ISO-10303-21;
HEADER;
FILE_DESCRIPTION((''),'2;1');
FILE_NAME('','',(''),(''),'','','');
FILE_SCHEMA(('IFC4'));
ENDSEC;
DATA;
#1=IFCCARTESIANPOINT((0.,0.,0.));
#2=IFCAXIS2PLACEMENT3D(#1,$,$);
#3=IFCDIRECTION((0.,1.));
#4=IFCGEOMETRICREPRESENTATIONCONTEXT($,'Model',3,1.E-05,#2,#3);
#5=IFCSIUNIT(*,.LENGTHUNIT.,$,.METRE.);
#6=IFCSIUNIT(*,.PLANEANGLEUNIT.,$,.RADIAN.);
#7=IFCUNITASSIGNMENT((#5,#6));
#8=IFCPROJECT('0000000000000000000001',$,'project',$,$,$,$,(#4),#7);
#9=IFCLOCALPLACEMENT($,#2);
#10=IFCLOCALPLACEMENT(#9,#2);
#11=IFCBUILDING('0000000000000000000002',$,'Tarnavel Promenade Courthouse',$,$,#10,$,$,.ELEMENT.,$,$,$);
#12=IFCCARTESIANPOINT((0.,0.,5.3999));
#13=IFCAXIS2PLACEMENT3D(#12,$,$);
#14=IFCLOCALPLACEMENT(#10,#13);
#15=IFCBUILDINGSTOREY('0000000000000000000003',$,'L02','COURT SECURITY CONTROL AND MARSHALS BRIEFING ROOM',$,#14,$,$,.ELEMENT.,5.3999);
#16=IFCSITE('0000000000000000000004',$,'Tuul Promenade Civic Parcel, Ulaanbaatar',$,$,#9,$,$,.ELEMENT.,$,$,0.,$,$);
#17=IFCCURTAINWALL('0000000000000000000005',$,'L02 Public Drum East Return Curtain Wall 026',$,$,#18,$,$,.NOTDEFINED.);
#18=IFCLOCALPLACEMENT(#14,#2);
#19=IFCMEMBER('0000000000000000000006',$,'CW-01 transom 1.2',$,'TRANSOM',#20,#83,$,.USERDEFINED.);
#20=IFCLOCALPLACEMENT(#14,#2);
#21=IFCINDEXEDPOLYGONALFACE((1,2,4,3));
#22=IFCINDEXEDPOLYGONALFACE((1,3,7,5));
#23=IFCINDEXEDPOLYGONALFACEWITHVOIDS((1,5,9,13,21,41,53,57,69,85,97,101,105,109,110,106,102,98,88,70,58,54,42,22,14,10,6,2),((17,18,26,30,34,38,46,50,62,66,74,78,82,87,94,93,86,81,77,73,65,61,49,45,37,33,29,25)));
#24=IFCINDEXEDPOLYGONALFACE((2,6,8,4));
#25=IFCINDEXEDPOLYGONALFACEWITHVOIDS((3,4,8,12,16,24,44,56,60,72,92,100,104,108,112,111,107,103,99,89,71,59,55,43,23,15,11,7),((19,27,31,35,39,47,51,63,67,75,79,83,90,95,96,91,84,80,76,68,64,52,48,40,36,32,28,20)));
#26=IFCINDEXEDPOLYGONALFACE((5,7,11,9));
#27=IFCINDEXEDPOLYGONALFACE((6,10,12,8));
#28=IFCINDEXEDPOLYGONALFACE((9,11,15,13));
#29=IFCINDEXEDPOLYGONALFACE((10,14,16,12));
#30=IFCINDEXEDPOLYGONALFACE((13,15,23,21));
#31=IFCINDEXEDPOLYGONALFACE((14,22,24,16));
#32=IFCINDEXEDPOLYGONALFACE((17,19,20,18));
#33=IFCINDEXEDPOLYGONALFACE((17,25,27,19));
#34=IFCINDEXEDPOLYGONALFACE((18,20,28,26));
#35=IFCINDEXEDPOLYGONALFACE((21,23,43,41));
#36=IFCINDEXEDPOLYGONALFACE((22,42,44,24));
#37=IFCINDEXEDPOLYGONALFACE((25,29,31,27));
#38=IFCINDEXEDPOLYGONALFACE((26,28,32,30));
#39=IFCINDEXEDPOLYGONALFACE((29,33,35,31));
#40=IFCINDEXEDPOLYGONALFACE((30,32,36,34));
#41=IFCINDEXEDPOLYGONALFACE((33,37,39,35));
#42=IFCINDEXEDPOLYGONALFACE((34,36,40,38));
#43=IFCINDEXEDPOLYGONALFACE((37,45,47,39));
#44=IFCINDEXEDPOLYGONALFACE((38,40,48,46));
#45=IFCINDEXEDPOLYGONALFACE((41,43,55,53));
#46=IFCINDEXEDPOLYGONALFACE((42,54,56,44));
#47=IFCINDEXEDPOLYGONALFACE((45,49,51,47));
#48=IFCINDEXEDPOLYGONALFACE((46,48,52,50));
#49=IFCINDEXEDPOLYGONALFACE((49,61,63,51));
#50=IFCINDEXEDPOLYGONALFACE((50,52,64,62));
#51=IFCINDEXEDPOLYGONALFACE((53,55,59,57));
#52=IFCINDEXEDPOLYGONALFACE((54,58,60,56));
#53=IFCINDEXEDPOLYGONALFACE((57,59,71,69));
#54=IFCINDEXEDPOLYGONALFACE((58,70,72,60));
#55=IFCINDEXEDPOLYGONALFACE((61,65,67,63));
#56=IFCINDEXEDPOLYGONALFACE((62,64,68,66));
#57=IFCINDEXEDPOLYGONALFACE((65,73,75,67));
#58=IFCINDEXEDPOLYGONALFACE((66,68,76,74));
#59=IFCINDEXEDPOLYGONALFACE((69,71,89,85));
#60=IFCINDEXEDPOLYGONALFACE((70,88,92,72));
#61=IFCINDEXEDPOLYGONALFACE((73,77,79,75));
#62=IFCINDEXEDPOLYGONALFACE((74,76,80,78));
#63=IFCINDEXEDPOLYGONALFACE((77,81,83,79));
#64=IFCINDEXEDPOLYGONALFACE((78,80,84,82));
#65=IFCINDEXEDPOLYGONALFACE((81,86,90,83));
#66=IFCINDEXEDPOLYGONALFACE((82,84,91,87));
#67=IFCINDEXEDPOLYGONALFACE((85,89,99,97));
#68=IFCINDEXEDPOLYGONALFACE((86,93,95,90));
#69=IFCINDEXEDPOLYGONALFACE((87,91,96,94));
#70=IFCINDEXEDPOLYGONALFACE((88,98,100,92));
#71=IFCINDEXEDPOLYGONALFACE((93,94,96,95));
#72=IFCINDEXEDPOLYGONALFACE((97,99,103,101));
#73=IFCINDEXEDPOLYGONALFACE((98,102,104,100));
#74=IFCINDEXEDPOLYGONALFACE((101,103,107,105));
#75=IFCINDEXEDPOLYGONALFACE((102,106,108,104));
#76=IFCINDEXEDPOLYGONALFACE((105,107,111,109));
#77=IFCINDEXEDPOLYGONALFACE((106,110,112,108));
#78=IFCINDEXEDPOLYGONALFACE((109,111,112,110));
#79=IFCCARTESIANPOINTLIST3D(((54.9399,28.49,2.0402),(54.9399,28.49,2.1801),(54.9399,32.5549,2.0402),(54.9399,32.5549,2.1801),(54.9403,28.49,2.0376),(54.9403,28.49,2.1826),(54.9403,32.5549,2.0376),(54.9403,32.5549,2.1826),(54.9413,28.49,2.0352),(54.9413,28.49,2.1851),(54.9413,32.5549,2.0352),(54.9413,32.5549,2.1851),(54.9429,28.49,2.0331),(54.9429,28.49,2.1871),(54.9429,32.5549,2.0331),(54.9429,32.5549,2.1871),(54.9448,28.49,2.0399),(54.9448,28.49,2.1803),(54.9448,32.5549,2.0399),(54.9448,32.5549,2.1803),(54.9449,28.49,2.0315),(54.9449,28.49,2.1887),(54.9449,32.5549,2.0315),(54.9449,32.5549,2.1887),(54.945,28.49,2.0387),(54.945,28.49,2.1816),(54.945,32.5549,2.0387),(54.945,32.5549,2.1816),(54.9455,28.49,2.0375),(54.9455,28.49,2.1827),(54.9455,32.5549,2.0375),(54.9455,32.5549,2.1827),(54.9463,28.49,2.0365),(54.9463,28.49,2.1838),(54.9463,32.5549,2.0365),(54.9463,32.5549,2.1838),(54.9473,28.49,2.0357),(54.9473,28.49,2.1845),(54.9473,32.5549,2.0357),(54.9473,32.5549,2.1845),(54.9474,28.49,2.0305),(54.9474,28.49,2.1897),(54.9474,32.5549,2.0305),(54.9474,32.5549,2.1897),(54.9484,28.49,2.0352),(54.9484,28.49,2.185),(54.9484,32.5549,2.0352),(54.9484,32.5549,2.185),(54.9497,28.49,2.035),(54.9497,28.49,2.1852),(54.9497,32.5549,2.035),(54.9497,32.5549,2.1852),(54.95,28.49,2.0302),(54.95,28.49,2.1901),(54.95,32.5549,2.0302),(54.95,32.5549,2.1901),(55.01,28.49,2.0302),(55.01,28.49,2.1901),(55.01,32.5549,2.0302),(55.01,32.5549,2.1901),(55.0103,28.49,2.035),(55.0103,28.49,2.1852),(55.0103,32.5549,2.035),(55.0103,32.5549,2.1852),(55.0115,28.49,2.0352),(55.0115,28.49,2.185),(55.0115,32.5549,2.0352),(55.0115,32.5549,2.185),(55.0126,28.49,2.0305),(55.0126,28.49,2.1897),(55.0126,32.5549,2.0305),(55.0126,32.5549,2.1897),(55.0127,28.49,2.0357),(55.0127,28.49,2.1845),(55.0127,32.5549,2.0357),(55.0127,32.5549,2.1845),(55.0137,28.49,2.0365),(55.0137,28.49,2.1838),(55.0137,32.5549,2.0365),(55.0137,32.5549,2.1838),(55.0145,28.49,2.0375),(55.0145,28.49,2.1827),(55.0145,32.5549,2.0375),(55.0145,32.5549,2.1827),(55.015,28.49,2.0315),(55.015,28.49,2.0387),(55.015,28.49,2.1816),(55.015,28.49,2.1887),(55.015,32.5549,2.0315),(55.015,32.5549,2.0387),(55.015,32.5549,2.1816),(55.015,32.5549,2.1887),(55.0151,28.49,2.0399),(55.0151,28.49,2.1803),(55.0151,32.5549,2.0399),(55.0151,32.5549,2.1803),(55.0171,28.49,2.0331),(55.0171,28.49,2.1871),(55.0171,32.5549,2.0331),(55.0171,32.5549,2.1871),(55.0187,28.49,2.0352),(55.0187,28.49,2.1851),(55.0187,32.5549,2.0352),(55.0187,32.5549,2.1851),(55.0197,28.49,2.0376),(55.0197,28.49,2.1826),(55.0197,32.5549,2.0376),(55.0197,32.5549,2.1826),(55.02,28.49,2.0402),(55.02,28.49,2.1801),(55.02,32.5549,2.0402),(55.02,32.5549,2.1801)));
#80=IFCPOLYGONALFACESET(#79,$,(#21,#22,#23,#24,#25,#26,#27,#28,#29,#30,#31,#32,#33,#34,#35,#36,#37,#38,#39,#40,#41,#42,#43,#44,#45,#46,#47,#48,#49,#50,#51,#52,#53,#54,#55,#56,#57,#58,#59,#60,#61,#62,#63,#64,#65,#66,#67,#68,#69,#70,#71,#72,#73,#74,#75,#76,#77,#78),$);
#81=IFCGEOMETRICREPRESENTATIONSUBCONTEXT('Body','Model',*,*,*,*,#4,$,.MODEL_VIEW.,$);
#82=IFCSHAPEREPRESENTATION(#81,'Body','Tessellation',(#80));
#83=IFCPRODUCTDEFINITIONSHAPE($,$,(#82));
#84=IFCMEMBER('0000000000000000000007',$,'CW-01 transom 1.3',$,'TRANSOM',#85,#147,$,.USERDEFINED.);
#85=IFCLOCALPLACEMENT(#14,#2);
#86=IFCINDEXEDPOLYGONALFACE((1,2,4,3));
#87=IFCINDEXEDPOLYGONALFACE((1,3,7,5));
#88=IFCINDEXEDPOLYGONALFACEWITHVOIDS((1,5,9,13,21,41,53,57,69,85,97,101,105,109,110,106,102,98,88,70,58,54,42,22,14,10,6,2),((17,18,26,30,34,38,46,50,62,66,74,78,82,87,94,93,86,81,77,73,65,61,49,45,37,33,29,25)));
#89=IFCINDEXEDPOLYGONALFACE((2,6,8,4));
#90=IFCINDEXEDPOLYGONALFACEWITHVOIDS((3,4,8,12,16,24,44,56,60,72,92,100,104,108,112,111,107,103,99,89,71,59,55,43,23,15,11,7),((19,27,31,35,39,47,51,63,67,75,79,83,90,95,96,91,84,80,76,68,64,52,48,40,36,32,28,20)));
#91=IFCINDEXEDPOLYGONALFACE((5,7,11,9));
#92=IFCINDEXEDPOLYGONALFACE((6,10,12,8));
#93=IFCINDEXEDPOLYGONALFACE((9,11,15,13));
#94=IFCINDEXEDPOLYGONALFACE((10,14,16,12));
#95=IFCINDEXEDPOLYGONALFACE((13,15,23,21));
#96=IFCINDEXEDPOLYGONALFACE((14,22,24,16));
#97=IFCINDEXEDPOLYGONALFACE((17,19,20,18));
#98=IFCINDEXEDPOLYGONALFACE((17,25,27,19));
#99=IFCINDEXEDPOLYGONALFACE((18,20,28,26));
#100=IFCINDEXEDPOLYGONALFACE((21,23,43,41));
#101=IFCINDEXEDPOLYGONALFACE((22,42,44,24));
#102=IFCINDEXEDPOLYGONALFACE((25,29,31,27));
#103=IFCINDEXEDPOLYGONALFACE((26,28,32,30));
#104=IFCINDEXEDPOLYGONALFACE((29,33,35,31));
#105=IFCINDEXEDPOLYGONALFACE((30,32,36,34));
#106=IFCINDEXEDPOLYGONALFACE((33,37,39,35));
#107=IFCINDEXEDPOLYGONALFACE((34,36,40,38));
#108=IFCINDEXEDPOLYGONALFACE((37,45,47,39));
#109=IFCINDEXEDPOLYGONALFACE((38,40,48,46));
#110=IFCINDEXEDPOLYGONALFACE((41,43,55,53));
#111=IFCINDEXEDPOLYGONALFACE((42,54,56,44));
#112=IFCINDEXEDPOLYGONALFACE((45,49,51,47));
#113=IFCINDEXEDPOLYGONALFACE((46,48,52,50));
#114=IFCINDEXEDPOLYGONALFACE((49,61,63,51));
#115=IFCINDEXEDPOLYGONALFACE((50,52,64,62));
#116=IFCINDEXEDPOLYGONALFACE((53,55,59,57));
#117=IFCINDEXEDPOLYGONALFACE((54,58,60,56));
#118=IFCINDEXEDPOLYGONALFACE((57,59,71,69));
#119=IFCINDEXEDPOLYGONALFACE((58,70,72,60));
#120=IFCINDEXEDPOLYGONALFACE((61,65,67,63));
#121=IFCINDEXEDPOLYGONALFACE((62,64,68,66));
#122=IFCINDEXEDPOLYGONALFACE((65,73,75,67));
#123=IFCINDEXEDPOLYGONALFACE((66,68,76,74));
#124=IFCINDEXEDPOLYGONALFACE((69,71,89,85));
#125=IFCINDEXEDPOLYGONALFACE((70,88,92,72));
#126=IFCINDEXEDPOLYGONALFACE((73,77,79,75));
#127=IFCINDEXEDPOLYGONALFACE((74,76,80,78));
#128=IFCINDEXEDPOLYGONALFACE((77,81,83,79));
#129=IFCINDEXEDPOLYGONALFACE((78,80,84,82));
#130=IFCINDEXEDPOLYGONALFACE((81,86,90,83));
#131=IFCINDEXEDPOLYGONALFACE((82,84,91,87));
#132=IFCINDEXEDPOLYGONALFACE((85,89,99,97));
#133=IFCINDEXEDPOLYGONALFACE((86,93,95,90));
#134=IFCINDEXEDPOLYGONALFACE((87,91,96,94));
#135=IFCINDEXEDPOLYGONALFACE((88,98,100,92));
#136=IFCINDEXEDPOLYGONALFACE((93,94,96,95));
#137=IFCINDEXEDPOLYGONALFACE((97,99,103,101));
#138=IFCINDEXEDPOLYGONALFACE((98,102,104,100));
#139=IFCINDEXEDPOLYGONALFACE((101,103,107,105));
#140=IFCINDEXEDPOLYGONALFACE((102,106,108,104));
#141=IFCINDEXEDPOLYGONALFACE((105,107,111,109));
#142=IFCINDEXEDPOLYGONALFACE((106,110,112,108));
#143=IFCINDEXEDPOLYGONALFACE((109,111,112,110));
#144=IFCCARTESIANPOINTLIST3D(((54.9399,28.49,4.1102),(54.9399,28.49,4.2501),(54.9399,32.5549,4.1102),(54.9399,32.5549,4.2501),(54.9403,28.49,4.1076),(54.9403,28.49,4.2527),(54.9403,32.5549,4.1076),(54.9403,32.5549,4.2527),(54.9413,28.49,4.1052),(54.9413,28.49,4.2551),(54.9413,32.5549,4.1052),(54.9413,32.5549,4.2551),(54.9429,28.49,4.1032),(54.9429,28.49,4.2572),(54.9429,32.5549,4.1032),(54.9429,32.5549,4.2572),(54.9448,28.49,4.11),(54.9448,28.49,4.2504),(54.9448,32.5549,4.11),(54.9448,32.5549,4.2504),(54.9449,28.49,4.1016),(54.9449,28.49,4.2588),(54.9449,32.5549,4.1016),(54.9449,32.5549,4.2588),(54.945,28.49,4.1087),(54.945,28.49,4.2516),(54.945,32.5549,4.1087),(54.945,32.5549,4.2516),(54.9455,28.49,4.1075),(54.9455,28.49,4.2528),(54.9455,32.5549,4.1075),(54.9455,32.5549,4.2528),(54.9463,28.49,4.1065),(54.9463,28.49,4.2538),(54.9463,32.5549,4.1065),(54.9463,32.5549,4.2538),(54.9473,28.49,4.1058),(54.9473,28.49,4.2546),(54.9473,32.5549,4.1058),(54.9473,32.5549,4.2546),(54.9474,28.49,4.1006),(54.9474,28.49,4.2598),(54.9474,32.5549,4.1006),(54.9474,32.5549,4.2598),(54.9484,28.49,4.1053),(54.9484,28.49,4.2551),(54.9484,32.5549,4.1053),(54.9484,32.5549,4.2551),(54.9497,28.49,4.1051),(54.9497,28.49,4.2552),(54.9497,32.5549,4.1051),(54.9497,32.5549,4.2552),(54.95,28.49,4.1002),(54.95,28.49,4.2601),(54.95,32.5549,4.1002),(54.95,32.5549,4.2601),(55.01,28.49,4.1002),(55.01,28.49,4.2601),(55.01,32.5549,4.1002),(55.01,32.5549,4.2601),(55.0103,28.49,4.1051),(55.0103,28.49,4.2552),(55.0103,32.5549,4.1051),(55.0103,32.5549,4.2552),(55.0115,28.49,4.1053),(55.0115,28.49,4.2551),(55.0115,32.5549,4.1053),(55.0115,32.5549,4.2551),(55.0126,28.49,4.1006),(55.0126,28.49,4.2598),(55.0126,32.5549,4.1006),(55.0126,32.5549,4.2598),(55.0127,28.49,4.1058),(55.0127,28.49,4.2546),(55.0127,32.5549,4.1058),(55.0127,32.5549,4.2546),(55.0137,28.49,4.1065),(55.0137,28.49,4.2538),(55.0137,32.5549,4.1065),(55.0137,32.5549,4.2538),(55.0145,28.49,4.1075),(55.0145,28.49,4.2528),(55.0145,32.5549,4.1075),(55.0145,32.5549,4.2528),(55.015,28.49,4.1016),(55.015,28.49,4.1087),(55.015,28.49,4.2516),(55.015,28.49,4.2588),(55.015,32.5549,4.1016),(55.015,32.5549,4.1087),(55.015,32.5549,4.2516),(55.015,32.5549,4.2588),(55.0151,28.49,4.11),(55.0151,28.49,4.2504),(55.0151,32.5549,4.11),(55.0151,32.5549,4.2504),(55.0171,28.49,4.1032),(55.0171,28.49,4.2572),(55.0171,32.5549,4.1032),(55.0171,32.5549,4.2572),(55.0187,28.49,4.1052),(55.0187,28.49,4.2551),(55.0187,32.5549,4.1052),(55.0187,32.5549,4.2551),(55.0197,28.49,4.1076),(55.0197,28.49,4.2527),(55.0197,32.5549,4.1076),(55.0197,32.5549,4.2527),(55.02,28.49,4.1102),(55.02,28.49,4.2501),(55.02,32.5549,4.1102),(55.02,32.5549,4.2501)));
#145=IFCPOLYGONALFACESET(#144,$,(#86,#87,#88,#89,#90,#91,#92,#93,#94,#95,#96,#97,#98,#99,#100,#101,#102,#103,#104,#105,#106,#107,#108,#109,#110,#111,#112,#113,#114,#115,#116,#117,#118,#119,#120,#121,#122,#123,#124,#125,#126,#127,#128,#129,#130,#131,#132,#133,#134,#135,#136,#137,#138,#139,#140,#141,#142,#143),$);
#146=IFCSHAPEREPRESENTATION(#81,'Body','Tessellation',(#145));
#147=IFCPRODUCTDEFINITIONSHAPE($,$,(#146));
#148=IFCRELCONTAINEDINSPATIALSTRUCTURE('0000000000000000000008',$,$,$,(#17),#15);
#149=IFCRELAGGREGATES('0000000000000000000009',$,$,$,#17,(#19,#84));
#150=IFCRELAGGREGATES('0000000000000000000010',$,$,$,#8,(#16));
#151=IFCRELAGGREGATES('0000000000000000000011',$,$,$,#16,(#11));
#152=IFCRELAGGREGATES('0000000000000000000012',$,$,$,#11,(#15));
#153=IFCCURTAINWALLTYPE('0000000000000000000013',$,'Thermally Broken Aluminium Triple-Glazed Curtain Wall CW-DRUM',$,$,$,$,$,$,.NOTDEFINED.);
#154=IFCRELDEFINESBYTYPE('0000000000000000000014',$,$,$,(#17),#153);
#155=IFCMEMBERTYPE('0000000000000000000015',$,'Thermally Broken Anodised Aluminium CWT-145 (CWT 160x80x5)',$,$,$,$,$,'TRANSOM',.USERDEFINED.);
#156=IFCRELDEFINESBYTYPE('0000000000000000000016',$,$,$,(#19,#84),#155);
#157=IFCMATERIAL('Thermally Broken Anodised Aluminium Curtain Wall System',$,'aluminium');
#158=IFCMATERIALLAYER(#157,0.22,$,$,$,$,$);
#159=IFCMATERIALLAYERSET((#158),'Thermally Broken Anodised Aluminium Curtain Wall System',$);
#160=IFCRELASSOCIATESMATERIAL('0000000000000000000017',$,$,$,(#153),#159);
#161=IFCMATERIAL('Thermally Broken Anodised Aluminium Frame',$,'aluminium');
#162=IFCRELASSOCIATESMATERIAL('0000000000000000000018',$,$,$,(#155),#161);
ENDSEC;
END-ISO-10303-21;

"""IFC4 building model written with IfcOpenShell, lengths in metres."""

from ifc_helpers import new_model, si_unit, direction, frame, origin, origin_2d, place, context, subcontext, project, spatial, hollow_rectangle, extrude, material, layer, layer_set, material_profile, profile_set, type_object, element, aggregate, save


model = new_model("IFC4")

# Units and contexts
model_context = context("Model", 3, precision=1e-05, world=origin(), true_north=direction((0.0, 1.0)))
body_context = subcontext(model_context, "Body", "Model", "MODEL_VIEW")
ifc_project = project(units=[si_unit("LENGTHUNIT", "METRE"), si_unit("PLANEANGLEUNIT", "RADIAN")], contexts=[model_context])

# Site, building, storey
site_placement = place(None, origin())
site = spatial("IfcSite", under=ifc_project, at=site_placement, Name="Tuul Promenade Civic Parcel, Ulaanbaatar", CompositionType="ELEMENT", RefElevation=0.0)
building_placement = place(site_placement, origin())
building = spatial("IfcBuilding", under=site, at=building_placement, Name="Tarnavel Promenade Courthouse", CompositionType="ELEMENT")
storey_placement = place(building_placement, frame((0.0, 0.0, 5.3999)))
storey = spatial("IfcBuildingStorey", under=building, at=storey_placement, Name="L02", Description="COURT SECURITY CONTROL AND MARSHALS BRIEFING ROOM", CompositionType="ELEMENT", Elevation=5.3999)

# Curtain wall
ifc_material_1 = material(Name="Thermally Broken Anodised Aluminium Curtain Wall System", Category="aluminium")
ifc_layer_1 = layer(ifc_material_1, 0.22)
ifc_layer_set_1 = layer_set([ifc_layer_1], Name="Thermally Broken Anodised Aluminium Curtain Wall System")
curtain_wall_type_1 = type_object("IfcCurtainWallType", Name="Thermally Broken Aluminium Triple-Glazed Curtain Wall CW-DRUM", PredefinedType="NOTDEFINED", material=ifc_layer_set_1)
ifc_material_2 = material(Name="Thermally Broken Anodised Aluminium Frame", Category="aluminium")
curtain_wall_1_placement = place(storey_placement, origin())
curtain_wall_1 = element("IfcCurtainWall", 1, at=curtain_wall_1_placement, inside=storey, type_object=curtain_wall_type_1, Name="L02 Public Drum East Return Curtain Wall 026", PredefinedType="NOTDEFINED")

# Members
ifc_material_profile_1 = material_profile(ifc_material_2, hollow_rectangle(XDim=0.0801, YDim=0.1599, WallThickness=0.0049, InnerFilletRadius=0.0049, OuterFilletRadius=0.01, at=origin_2d()), Name="CWT 160x80x5")
ifc_profile_set_1 = profile_set([ifc_material_profile_1], Name="Thermally Broken Anodised Aluminium Frame")
member_type_1 = type_object("IfcMemberType", Name="Thermally Broken Anodised Aluminium CWT-145 (CWT 160x80x5)", ElementType="TRANSOM", PredefinedType="USERDEFINED", material=ifc_profile_set_1)
member_1_placement = place(storey_placement, frame((54.98, 28.49, 2.1101), z_axis=(0.0, 1.0, 0.0), x_axis=(-1.0, 0.0, 0.0)))
member_1 = element("IfcMember", 2, at=member_1_placement, type_object=member_type_1, Name="CW-01 transom 1.2", ObjectType="TRANSOM", PredefinedType="USERDEFINED", context=body_context, shape_type="SweptSolid", body=[
    extrude(hollow_rectangle(XDim=0.0801, YDim=0.1599, WallThickness=0.0049, InnerFilletRadius=0.0049, OuterFilletRadius=0.01, at=origin_2d()), origin(), (0.0, 0.0, 1.0), 4.0649),
])
member_2_placement = place(storey_placement, frame((54.98, 28.49, 4.1802), z_axis=(0.0, 1.0, 0.0), x_axis=(-1.0, 0.0, 0.0)))
member_2 = element("IfcMember", 3, at=member_2_placement, type_object=member_type_1, Name="CW-01 transom 1.3", ObjectType="TRANSOM", PredefinedType="USERDEFINED", context=body_context, shape_type="SweptSolid", body=[
    extrude(hollow_rectangle(XDim=0.0801, YDim=0.1599, WallThickness=0.0049, InnerFilletRadius=0.0049, OuterFilletRadius=0.01, at=origin_2d()), origin(), (0.0, 0.0, 1.0), 4.0649),
])

aggregate(curtain_wall_1, [member_1, member_2])

save(model, "model.ifc")
